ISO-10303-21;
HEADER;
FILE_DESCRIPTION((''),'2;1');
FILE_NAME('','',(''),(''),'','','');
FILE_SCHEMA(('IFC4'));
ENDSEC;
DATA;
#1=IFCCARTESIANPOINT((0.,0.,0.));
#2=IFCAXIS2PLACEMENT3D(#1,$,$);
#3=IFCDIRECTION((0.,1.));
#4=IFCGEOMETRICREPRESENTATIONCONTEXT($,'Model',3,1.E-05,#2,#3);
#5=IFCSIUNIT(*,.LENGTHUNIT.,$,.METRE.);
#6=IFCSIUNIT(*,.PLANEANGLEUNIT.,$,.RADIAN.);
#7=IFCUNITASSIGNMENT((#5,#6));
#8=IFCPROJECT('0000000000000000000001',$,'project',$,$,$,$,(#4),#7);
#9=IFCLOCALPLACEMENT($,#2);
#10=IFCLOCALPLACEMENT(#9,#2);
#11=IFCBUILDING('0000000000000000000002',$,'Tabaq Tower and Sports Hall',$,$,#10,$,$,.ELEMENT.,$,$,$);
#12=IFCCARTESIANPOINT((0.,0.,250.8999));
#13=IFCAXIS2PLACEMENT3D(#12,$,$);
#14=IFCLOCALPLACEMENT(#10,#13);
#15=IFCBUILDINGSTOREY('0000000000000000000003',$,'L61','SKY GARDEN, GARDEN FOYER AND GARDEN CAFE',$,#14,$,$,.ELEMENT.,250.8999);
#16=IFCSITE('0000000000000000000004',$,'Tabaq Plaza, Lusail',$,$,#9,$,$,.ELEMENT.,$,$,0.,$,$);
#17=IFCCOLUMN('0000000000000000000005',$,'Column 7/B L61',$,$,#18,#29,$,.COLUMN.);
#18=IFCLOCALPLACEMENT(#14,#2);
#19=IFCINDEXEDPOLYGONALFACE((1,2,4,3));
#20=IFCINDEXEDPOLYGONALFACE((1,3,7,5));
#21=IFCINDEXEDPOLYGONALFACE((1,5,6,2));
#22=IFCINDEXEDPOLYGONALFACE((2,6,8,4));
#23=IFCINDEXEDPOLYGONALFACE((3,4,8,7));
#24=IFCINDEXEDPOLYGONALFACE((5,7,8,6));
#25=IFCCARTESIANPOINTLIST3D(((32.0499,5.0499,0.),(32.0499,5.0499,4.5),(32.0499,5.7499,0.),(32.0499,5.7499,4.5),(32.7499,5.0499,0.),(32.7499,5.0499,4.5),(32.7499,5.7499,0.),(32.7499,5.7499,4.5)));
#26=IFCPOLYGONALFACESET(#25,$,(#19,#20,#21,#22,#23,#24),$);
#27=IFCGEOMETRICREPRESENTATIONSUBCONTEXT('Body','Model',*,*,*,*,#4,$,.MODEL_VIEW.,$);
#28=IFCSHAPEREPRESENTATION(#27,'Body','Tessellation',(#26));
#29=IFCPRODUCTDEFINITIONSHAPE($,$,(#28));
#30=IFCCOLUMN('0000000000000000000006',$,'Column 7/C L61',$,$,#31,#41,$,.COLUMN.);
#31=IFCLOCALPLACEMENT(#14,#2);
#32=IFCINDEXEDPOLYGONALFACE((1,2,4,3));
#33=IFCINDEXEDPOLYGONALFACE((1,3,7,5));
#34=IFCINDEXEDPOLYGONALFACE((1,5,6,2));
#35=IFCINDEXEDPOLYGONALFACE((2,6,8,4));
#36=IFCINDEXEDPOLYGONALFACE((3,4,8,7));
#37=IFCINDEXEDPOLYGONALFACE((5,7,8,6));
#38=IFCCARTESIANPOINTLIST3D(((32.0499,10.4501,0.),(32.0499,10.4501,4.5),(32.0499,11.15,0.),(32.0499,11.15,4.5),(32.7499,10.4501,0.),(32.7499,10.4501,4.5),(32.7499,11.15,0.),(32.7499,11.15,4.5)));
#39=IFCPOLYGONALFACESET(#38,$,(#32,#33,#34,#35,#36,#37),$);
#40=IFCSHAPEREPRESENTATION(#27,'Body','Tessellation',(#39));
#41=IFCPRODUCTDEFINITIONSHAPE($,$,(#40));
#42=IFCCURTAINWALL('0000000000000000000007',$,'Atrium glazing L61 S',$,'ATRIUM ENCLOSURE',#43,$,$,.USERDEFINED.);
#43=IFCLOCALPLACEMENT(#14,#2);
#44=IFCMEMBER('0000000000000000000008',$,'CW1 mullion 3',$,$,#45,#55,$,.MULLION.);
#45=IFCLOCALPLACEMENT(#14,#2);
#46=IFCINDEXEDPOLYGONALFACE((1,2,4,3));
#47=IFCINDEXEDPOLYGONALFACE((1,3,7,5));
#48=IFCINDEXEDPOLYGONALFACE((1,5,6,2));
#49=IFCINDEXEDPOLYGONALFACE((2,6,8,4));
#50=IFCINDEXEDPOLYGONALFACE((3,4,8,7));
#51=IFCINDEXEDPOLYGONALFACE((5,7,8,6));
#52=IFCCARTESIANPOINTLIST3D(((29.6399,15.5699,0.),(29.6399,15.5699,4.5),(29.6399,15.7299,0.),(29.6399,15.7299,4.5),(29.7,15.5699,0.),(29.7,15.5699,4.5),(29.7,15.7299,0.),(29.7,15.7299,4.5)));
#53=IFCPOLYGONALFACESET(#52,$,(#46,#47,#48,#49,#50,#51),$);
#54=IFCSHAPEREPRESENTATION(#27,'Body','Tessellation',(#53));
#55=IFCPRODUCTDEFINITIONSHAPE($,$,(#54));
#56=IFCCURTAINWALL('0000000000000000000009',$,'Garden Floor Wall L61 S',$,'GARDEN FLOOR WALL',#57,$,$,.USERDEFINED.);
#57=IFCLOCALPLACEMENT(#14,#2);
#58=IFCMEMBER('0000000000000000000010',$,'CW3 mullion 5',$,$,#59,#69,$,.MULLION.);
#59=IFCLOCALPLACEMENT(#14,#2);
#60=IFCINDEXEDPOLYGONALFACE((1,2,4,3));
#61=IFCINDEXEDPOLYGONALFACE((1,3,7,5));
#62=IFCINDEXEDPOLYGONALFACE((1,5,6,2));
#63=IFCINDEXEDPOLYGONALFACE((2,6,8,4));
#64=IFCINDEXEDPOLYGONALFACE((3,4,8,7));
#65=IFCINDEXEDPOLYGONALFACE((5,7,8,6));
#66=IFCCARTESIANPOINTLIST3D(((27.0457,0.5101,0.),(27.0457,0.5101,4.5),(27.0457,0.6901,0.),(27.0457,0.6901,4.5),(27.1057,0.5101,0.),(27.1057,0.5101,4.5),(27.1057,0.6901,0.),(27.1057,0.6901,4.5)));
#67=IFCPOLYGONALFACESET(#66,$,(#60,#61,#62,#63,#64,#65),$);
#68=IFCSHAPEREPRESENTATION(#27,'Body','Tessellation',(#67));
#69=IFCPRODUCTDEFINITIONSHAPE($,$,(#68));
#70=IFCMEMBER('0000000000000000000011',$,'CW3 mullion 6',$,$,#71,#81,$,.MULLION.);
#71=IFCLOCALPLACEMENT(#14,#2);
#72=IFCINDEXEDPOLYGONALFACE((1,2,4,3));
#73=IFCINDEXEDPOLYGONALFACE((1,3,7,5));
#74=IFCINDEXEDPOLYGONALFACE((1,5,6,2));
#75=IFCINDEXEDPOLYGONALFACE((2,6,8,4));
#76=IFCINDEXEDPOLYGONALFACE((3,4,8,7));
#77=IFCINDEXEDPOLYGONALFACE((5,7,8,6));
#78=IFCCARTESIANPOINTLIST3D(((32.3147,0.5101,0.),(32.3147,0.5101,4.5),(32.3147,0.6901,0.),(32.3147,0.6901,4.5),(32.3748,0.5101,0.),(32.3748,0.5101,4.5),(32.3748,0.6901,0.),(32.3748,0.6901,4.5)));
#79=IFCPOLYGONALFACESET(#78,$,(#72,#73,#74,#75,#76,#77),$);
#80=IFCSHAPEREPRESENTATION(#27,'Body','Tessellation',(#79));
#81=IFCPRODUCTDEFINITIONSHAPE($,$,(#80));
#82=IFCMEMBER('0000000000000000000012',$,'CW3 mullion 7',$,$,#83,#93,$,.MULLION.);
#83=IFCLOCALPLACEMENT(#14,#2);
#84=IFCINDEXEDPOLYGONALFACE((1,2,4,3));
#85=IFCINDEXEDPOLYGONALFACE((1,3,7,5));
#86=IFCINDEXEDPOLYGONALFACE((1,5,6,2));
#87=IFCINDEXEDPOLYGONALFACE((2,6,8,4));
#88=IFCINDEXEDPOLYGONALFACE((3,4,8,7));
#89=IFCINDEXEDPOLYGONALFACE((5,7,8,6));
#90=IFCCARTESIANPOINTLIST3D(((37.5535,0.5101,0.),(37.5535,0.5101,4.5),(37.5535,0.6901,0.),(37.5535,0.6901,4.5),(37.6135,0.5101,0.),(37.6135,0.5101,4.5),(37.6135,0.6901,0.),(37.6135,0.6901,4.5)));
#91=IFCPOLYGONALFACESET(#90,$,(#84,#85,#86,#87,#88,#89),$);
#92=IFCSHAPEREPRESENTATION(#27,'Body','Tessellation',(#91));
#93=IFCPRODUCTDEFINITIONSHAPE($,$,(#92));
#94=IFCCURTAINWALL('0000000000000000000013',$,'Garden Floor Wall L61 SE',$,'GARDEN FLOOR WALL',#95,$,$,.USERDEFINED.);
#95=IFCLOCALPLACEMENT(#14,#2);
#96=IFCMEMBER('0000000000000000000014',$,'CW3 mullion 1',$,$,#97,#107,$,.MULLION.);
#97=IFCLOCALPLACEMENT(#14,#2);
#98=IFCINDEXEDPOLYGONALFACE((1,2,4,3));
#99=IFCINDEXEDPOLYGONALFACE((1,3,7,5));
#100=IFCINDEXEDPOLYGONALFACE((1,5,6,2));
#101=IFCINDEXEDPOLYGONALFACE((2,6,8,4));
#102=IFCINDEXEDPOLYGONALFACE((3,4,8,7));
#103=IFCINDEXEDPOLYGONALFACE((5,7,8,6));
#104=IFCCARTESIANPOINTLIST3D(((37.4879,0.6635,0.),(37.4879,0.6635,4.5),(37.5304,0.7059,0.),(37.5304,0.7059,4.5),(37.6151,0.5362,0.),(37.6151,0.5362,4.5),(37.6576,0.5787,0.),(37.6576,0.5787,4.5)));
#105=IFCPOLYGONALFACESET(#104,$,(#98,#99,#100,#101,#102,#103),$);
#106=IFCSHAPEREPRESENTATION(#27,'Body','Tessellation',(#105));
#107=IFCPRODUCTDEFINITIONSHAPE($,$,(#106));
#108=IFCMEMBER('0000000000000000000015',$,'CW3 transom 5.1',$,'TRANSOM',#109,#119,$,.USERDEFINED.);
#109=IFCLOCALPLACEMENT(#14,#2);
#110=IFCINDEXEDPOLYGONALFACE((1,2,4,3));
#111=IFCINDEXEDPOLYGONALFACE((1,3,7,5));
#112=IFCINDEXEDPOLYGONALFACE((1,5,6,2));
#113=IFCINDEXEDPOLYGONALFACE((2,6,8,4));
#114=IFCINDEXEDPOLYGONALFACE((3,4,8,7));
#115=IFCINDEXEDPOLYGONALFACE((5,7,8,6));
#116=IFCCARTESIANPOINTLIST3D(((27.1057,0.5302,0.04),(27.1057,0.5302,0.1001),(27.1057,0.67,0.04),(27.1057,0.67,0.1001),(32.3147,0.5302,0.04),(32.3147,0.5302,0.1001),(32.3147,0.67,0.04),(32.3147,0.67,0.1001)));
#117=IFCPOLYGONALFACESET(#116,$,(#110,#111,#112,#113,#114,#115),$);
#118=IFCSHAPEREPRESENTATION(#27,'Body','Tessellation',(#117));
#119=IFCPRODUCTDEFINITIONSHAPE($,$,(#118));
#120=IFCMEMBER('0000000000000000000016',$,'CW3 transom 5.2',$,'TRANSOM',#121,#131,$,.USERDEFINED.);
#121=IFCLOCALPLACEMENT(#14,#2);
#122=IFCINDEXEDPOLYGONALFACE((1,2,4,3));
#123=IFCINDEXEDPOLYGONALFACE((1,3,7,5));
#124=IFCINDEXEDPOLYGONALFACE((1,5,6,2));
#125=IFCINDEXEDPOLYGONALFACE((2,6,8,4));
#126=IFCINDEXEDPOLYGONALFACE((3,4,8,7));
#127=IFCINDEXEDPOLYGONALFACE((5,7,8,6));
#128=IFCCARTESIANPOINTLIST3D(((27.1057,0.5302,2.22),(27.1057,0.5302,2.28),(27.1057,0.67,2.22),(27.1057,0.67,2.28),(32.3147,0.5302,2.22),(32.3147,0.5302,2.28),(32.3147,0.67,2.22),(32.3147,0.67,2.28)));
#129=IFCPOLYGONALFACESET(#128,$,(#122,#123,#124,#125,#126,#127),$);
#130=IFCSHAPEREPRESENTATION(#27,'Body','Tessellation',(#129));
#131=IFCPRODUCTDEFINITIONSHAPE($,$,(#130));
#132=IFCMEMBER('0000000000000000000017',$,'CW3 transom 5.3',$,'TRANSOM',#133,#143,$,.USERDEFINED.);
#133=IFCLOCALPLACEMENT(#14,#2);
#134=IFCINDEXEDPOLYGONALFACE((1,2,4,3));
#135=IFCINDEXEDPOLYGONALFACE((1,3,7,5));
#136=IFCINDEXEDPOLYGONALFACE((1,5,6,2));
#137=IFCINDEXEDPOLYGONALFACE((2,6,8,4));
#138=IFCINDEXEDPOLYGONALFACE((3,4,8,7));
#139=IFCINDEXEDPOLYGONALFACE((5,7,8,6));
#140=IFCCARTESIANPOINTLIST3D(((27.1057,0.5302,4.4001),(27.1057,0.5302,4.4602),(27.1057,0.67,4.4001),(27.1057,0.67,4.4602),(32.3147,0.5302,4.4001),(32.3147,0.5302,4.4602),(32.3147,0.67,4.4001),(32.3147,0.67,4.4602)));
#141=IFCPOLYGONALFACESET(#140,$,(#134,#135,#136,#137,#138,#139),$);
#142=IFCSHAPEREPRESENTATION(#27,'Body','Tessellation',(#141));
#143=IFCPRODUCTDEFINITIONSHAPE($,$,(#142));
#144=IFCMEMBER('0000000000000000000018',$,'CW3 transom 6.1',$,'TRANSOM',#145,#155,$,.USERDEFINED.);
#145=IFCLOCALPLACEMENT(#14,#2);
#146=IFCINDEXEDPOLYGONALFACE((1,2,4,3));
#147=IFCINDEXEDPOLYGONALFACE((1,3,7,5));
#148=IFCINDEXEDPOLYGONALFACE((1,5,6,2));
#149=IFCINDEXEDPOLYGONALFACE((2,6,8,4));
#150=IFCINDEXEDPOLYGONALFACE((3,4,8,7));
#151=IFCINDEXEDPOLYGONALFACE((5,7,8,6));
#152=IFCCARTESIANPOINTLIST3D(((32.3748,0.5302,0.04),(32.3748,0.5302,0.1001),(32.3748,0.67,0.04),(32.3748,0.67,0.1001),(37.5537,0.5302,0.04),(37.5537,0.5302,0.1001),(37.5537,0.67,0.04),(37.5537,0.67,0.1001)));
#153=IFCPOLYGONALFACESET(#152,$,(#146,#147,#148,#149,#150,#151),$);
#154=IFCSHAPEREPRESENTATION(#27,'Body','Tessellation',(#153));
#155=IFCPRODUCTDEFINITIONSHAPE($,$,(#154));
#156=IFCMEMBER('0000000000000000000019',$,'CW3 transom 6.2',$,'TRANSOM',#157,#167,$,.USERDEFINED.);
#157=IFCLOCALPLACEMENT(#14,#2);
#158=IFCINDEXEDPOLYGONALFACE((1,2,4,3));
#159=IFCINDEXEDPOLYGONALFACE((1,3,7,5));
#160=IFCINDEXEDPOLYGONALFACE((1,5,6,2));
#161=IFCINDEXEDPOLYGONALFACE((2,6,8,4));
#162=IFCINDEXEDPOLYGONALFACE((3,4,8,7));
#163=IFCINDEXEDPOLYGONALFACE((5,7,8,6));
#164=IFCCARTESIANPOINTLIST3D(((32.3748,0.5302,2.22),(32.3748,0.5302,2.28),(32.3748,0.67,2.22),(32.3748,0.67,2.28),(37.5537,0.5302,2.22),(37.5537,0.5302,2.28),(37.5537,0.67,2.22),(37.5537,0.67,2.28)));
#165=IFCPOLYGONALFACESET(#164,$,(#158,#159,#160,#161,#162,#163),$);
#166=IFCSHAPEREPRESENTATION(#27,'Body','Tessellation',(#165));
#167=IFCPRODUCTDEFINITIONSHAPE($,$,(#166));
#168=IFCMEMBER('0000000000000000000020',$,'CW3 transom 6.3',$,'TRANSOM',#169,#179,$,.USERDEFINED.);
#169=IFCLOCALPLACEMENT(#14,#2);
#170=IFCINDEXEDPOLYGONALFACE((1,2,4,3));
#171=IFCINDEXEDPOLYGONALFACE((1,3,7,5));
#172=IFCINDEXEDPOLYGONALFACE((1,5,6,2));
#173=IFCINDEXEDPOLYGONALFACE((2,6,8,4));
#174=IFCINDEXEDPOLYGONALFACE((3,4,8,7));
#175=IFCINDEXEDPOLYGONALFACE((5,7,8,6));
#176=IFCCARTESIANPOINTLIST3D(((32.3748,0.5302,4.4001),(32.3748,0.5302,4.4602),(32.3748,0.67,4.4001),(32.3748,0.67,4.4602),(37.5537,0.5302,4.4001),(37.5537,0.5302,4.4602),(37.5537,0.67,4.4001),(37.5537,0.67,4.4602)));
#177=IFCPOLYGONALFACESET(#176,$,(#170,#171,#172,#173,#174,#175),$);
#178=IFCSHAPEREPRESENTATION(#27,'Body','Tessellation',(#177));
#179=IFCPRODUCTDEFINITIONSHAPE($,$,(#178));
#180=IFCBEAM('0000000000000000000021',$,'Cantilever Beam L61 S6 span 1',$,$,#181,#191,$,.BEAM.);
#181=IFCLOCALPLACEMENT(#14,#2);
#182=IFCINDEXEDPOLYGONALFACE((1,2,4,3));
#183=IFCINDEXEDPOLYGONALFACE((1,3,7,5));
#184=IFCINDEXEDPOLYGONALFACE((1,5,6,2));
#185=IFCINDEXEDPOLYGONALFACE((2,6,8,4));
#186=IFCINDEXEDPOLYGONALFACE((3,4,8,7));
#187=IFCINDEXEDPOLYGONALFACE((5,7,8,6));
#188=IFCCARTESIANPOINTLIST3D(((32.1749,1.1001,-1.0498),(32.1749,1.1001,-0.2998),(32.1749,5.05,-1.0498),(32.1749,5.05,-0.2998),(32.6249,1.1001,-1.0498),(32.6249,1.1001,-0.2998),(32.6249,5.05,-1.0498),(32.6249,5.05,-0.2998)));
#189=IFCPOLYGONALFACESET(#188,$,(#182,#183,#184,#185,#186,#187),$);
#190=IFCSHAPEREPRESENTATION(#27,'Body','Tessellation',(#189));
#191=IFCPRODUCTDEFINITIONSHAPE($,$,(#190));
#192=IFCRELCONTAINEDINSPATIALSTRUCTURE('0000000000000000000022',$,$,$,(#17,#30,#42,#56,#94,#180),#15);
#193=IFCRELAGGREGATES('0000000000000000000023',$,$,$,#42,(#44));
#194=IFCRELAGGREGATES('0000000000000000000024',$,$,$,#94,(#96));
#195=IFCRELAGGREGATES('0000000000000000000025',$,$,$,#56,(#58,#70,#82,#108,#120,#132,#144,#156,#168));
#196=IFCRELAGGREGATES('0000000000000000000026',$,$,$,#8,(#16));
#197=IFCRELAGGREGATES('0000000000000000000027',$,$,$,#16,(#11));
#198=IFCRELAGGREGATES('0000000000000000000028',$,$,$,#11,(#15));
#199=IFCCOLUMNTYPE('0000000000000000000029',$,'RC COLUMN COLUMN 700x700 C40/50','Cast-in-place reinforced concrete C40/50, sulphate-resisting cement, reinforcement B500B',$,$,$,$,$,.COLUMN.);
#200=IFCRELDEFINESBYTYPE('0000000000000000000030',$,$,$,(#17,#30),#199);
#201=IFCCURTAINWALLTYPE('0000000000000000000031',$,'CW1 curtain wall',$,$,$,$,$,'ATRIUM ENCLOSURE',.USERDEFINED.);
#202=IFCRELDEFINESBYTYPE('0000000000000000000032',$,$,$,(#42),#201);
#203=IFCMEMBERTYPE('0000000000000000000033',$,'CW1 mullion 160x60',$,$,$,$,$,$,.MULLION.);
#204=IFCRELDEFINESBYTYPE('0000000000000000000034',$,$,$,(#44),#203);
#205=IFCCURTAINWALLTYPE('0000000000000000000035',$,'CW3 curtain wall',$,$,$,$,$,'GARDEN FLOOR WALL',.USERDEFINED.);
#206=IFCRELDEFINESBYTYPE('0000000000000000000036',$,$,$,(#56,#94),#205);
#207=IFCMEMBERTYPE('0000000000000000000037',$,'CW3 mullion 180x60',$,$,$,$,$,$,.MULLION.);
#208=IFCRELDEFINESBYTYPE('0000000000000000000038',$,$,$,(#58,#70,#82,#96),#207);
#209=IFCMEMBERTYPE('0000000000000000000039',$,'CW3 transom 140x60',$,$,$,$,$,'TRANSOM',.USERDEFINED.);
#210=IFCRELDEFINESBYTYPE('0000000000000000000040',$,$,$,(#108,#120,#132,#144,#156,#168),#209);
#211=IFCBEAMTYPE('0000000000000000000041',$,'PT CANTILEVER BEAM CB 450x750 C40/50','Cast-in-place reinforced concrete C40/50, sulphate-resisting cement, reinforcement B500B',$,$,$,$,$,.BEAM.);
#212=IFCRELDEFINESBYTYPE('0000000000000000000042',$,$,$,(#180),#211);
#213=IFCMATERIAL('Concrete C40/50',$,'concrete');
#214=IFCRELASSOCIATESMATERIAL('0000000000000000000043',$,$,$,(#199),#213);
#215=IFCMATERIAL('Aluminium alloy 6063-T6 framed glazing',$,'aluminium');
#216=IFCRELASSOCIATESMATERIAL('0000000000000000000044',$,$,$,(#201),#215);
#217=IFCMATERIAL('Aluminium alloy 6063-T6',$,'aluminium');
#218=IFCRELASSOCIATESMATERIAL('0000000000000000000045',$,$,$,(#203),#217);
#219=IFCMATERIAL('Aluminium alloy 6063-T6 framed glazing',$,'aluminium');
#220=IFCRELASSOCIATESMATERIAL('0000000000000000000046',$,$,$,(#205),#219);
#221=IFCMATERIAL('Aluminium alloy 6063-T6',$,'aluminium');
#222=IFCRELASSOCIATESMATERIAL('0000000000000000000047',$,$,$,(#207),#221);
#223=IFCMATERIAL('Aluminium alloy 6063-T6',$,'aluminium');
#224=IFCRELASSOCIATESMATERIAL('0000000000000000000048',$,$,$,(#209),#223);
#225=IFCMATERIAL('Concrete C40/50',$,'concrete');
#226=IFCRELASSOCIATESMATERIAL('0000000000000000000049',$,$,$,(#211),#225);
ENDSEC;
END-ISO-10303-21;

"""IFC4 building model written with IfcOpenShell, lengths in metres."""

from ifc_helpers import new_model, si_unit, direction, frame, origin, origin_2d, place, context, subcontext, project, spatial, rectangle, extrude, material, material_profile, profile_set, type_object, element, aggregate, save


model = new_model("IFC4")

# Units and contexts
model_context = context("Model", 3, precision=1e-05, world=origin(), true_north=direction((0.0, 1.0)))
body_context = subcontext(model_context, "Body", "Model", "MODEL_VIEW")
ifc_project = project(units=[si_unit("LENGTHUNIT", "METRE"), si_unit("PLANEANGLEUNIT", "RADIAN")], contexts=[model_context])

# Site, building, storey
site_placement = place(None, origin())
site = spatial("IfcSite", under=ifc_project, at=site_placement, Name="Tabaq Plaza, Lusail", CompositionType="ELEMENT", RefElevation=0.0)
building_placement = place(site_placement, origin())
building = spatial("IfcBuilding", under=site, at=building_placement, Name="Tabaq Tower and Sports Hall", CompositionType="ELEMENT")
storey_placement = place(building_placement, frame((0.0, 0.0, 250.8999)))
storey = spatial("IfcBuildingStorey", under=building, at=storey_placement, Name="L61", Description="SKY GARDEN, GARDEN FOYER AND GARDEN CAFE", CompositionType="ELEMENT", Elevation=250.8999)

# Columns
ifc_material_1 = material(Name="Concrete C40/50", Category="concrete")
ifc_material_profile_1 = material_profile(ifc_material_1, rectangle(XDim=0.7, YDim=0.7, at=origin_2d()), Name="COLUMN 700x700")
ifc_profile_set_1 = profile_set([ifc_material_profile_1], Name="Concrete C40/50")
column_type = type_object("IfcColumnType", Name="RC COLUMN COLUMN 700x700 C40/50", Description="Cast-in-place reinforced concrete C40/50, sulphate-resisting cement, reinforcement B500B", PredefinedType="COLUMN", material=ifc_profile_set_1)
for number, where, z_axis, x_axis, name in (
    (1, (32.3999, 5.3999, 0.0), (0.0, 0.0, 1.0), (1.0, 0.0, 0.0), "Column 7/B L61"),
    (2, (32.3999, 10.8, 0.0), (0.0, 0.0, 1.0), (1.0, 0.0, 0.0), "Column 7/C L61"),
):
    element("IfcColumn", number, at=place(storey_placement, frame(where, z_axis=z_axis, x_axis=x_axis)), inside=storey, type_object=column_type, Name=name, PredefinedType="COLUMN", context=body_context, shape_type="SweptSolid", body=[
        extrude(rectangle(XDim=0.7, YDim=0.7, at=origin_2d()), origin(), (0.0, 0.0, 1.0), 4.5),
    ])

# Curtain wall, member
ifc_material_2 = material(Name="Aluminium alloy 6063-T6 framed glazing", Category="aluminium")
curtain_wall_type_1 = type_object("IfcCurtainWallType", Name="CW1 curtain wall", ElementType="ATRIUM ENCLOSURE", PredefinedType="USERDEFINED", material=ifc_material_2)
curtain_wall_1_placement = place(storey_placement, origin())
curtain_wall_1 = element("IfcCurtainWall", 3, at=curtain_wall_1_placement, inside=storey, type_object=curtain_wall_type_1, Name="Atrium glazing L61 S", ObjectType="ATRIUM ENCLOSURE", PredefinedType="USERDEFINED")
ifc_material_3 = material(Name="Aluminium alloy 6063-T6", Category="aluminium")
ifc_material_profile_2 = material_profile(ifc_material_3, rectangle(XDim=0.1599, YDim=0.0601, at=origin_2d()), Name="MULLION 160x60")
ifc_profile_set_2 = profile_set([ifc_material_profile_2], Name="Aluminium alloy 6063-T6")
member_type_1 = type_object("IfcMemberType", Name="CW1 mullion 160x60", PredefinedType="MULLION", material=ifc_profile_set_2)
member_1_placement = place(storey_placement, frame((29.6699, 15.6499, 0.0), z_axis=(0.0, 0.0, 1.0), x_axis=(0.0, 1.0, 0.0)))
member_1 = element("IfcMember", 4, at=member_1_placement, type_object=member_type_1, Name="CW1 mullion 3", PredefinedType="MULLION", context=body_context, shape_type="SweptSolid", body=[
    extrude(rectangle(XDim=0.1599, YDim=0.0601, at=origin_2d()), origin(), (0.0, 0.0, 1.0), 4.5),
])
aggregate(curtain_wall_1, [member_1])

# Curtain wall, members
ifc_material_4 = material(Name="Aluminium alloy 6063-T6 framed glazing", Category="aluminium")
curtain_wall_type_2 = type_object("IfcCurtainWallType", Name="CW3 curtain wall", ElementType="GARDEN FLOOR WALL", PredefinedType="USERDEFINED", material=ifc_material_4)
curtain_wall_2_placement = place(storey_placement, origin())
curtain_wall_2 = element("IfcCurtainWall", 5, at=curtain_wall_2_placement, inside=storey, type_object=curtain_wall_type_2, Name="Garden Floor Wall L61 S", ObjectType="GARDEN FLOOR WALL", PredefinedType="USERDEFINED")
ifc_material_5 = material(Name="Aluminium alloy 6063-T6", Category="aluminium")
ifc_material_profile_3 = material_profile(ifc_material_5, rectangle(XDim=0.1799, YDim=0.0601, at=origin_2d()), Name="MULLION 180x60")
ifc_profile_set_3 = profile_set([ifc_material_profile_3], Name="Aluminium alloy 6063-T6")
member_type_2 = type_object("IfcMemberType", Name="CW3 mullion 180x60", PredefinedType="MULLION", material=ifc_profile_set_3)
member_2_placement = place(storey_placement, frame((27.0757, 0.6001, 0.0), z_axis=(0.0, 0.0, 1.0), x_axis=(0.0, 1.0, 0.0)))
member_2 = element("IfcMember", 6, at=member_2_placement, type_object=member_type_2, Name="CW3 mullion 5", PredefinedType="MULLION", context=body_context, shape_type="SweptSolid", body=[
    extrude(rectangle(XDim=0.1799, YDim=0.0601, at=origin_2d()), origin(), (0.0, 0.0, 1.0), 4.5),
])
member_3_placement = place(storey_placement, frame((32.3447, 0.6001, 0.0), z_axis=(0.0, 0.0, 1.0), x_axis=(0.0, 1.0, 0.0)))
member_3 = element("IfcMember", 7, at=member_3_placement, type_object=member_type_2, Name="CW3 mullion 6", PredefinedType="MULLION", context=body_context, shape_type="SweptSolid", body=[
    extrude(rectangle(XDim=0.1799, YDim=0.0601, at=origin_2d()), origin(), (0.0, 0.0, 1.0), 4.5),
])
member_4_placement = place(storey_placement, frame((37.5835, 0.6001, 0.0), z_axis=(0.0, 0.0, 1.0), x_axis=(0.0, 1.0, 0.0)))
member_4 = element("IfcMember", 8, at=member_4_placement, type_object=member_type_2, Name="CW3 mullion 7", PredefinedType="MULLION", context=body_context, shape_type="SweptSolid", body=[
    extrude(rectangle(XDim=0.1799, YDim=0.0601, at=origin_2d()), origin(), (0.0, 0.0, 1.0), 4.5),
])

# Curtain wall, member
curtain_wall_3_placement = place(storey_placement, origin())
curtain_wall_3 = element("IfcCurtainWall", 9, at=curtain_wall_3_placement, inside=storey, type_object=curtain_wall_type_2, Name="Garden Floor Wall L61 SE", ObjectType="GARDEN FLOOR WALL", PredefinedType="USERDEFINED")
member_5_placement = place(storey_placement, frame((37.5728, 0.6211, 0.0), z_axis=(0.0, 0.0, 1.0), x_axis=(-0.707107, 0.707107, 0.0)))
member_5 = element("IfcMember", 10, at=member_5_placement, type_object=member_type_2, Name="CW3 mullion 1", PredefinedType="MULLION", context=body_context, shape_type="SweptSolid", body=[
    extrude(rectangle(XDim=0.1799, YDim=0.0601, at=origin_2d()), origin(), (0.0, 0.0, 1.0), 4.5),
])
aggregate(curtain_wall_3, [member_5])

# Members
ifc_material_6 = material(Name="Aluminium alloy 6063-T6", Category="aluminium")
ifc_material_profile_4 = material_profile(ifc_material_6, rectangle(XDim=0.1399, YDim=0.0601, at=origin_2d()), Name="TRANSOM 140x60")
ifc_profile_set_4 = profile_set([ifc_material_profile_4], Name="Aluminium alloy 6063-T6")
member_type_3 = type_object("IfcMemberType", Name="CW3 transom 140x60", ElementType="TRANSOM", PredefinedType="USERDEFINED", material=ifc_profile_set_4)
member_6_placement = place(storey_placement, frame((27.1057, 0.6001, 0.0701), z_axis=(1.0, 0.0, 0.0), x_axis=(0.0, 1.0, 0.0)))
member_6 = element("IfcMember", 11, at=member_6_placement, type_object=member_type_3, Name="CW3 transom 5.1", ObjectType="TRANSOM", PredefinedType="USERDEFINED", context=body_context, shape_type="SweptSolid", body=[
    extrude(rectangle(XDim=0.1399, YDim=0.0601, at=origin_2d()), origin(), (0.0, 0.0, 1.0), 5.209),
])
member_7_placement = place(storey_placement, frame((27.1057, 0.6001, 2.25), z_axis=(1.0, 0.0, 0.0), x_axis=(0.0, 1.0, 0.0)))
member_7 = element("IfcMember", 12, at=member_7_placement, type_object=member_type_3, Name="CW3 transom 5.2", ObjectType="TRANSOM", PredefinedType="USERDEFINED", context=body_context, shape_type="SweptSolid", body=[
    extrude(rectangle(XDim=0.1399, YDim=0.0601, at=origin_2d()), origin(), (0.0, 0.0, 1.0), 5.209),
])
member_8_placement = place(storey_placement, frame((27.1057, 0.6001, 4.4302), z_axis=(1.0, 0.0, 0.0), x_axis=(0.0, 1.0, 0.0)))
member_8 = element("IfcMember", 13, at=member_8_placement, type_object=member_type_3, Name="CW3 transom 5.3", ObjectType="TRANSOM", PredefinedType="USERDEFINED", context=body_context, shape_type="SweptSolid", body=[
    extrude(rectangle(XDim=0.1399, YDim=0.0601, at=origin_2d()), origin(), (0.0, 0.0, 1.0), 5.209),
])
member_9_placement = place(storey_placement, frame((32.3748, 0.6001, 0.0701), z_axis=(1.0, 0.0, 0.0), x_axis=(0.0, 1.0, 0.0)))
member_9 = element("IfcMember", 14, at=member_9_placement, type_object=member_type_3, Name="CW3 transom 6.1", ObjectType="TRANSOM", PredefinedType="USERDEFINED", context=body_context, shape_type="SweptSolid", body=[
    extrude(rectangle(XDim=0.1399, YDim=0.0601, at=origin_2d()), origin(), (0.0, 0.0, 1.0), 5.179),
])
member_10_placement = place(storey_placement, frame((32.3748, 0.6001, 2.25), z_axis=(1.0, 0.0, 0.0), x_axis=(0.0, 1.0, 0.0)))
member_10 = element("IfcMember", 15, at=member_10_placement, type_object=member_type_3, Name="CW3 transom 6.2", ObjectType="TRANSOM", PredefinedType="USERDEFINED", context=body_context, shape_type="SweptSolid", body=[
    extrude(rectangle(XDim=0.1399, YDim=0.0601, at=origin_2d()), origin(), (0.0, 0.0, 1.0), 5.179),
])
member_11_placement = place(storey_placement, frame((32.3748, 0.6001, 4.4302), z_axis=(1.0, 0.0, 0.0), x_axis=(0.0, 1.0, 0.0)))
member_11 = element("IfcMember", 16, at=member_11_placement, type_object=member_type_3, Name="CW3 transom 6.3", ObjectType="TRANSOM", PredefinedType="USERDEFINED", context=body_context, shape_type="SweptSolid", body=[
    extrude(rectangle(XDim=0.1399, YDim=0.0601, at=origin_2d()), origin(), (0.0, 0.0, 1.0), 5.179),
])

# Beam
ifc_material_7 = material(Name="Concrete C40/50", Category="concrete")
ifc_material_profile_5 = material_profile(ifc_material_7, rectangle(XDim=0.45, YDim=0.75, at=origin_2d()), Name="CB 450x750")
ifc_profile_set_5 = profile_set([ifc_material_profile_5], Name="Concrete C40/50")
beam_type = type_object("IfcBeamType", Name="PT CANTILEVER BEAM CB 450x750 C40/50", Description="Cast-in-place reinforced concrete C40/50, sulphate-resisting cement, reinforcement B500B", PredefinedType="BEAM", material=ifc_profile_set_5)
beam_1_placement = place(storey_placement, frame((32.3999, 1.1001, -0.6748), z_axis=(0.0, 1.0, 0.0), x_axis=(-1.0, 0.0, 0.0)))
element("IfcBeam", 17, at=beam_1_placement, inside=storey, type_object=beam_type, Name="Cantilever Beam L61 S6 span 1", PredefinedType="BEAM", context=body_context, shape_type="SweptSolid", body=[
    extrude(rectangle(XDim=0.45, YDim=0.75, at=origin_2d()), origin(), (0.0, 0.0, 1.0), 3.95),
])

aggregate(curtain_wall_2, [member_2, member_3, member_4, member_6, member_7, member_8, member_9, member_10, member_11])

save(model, "model.ifc")
